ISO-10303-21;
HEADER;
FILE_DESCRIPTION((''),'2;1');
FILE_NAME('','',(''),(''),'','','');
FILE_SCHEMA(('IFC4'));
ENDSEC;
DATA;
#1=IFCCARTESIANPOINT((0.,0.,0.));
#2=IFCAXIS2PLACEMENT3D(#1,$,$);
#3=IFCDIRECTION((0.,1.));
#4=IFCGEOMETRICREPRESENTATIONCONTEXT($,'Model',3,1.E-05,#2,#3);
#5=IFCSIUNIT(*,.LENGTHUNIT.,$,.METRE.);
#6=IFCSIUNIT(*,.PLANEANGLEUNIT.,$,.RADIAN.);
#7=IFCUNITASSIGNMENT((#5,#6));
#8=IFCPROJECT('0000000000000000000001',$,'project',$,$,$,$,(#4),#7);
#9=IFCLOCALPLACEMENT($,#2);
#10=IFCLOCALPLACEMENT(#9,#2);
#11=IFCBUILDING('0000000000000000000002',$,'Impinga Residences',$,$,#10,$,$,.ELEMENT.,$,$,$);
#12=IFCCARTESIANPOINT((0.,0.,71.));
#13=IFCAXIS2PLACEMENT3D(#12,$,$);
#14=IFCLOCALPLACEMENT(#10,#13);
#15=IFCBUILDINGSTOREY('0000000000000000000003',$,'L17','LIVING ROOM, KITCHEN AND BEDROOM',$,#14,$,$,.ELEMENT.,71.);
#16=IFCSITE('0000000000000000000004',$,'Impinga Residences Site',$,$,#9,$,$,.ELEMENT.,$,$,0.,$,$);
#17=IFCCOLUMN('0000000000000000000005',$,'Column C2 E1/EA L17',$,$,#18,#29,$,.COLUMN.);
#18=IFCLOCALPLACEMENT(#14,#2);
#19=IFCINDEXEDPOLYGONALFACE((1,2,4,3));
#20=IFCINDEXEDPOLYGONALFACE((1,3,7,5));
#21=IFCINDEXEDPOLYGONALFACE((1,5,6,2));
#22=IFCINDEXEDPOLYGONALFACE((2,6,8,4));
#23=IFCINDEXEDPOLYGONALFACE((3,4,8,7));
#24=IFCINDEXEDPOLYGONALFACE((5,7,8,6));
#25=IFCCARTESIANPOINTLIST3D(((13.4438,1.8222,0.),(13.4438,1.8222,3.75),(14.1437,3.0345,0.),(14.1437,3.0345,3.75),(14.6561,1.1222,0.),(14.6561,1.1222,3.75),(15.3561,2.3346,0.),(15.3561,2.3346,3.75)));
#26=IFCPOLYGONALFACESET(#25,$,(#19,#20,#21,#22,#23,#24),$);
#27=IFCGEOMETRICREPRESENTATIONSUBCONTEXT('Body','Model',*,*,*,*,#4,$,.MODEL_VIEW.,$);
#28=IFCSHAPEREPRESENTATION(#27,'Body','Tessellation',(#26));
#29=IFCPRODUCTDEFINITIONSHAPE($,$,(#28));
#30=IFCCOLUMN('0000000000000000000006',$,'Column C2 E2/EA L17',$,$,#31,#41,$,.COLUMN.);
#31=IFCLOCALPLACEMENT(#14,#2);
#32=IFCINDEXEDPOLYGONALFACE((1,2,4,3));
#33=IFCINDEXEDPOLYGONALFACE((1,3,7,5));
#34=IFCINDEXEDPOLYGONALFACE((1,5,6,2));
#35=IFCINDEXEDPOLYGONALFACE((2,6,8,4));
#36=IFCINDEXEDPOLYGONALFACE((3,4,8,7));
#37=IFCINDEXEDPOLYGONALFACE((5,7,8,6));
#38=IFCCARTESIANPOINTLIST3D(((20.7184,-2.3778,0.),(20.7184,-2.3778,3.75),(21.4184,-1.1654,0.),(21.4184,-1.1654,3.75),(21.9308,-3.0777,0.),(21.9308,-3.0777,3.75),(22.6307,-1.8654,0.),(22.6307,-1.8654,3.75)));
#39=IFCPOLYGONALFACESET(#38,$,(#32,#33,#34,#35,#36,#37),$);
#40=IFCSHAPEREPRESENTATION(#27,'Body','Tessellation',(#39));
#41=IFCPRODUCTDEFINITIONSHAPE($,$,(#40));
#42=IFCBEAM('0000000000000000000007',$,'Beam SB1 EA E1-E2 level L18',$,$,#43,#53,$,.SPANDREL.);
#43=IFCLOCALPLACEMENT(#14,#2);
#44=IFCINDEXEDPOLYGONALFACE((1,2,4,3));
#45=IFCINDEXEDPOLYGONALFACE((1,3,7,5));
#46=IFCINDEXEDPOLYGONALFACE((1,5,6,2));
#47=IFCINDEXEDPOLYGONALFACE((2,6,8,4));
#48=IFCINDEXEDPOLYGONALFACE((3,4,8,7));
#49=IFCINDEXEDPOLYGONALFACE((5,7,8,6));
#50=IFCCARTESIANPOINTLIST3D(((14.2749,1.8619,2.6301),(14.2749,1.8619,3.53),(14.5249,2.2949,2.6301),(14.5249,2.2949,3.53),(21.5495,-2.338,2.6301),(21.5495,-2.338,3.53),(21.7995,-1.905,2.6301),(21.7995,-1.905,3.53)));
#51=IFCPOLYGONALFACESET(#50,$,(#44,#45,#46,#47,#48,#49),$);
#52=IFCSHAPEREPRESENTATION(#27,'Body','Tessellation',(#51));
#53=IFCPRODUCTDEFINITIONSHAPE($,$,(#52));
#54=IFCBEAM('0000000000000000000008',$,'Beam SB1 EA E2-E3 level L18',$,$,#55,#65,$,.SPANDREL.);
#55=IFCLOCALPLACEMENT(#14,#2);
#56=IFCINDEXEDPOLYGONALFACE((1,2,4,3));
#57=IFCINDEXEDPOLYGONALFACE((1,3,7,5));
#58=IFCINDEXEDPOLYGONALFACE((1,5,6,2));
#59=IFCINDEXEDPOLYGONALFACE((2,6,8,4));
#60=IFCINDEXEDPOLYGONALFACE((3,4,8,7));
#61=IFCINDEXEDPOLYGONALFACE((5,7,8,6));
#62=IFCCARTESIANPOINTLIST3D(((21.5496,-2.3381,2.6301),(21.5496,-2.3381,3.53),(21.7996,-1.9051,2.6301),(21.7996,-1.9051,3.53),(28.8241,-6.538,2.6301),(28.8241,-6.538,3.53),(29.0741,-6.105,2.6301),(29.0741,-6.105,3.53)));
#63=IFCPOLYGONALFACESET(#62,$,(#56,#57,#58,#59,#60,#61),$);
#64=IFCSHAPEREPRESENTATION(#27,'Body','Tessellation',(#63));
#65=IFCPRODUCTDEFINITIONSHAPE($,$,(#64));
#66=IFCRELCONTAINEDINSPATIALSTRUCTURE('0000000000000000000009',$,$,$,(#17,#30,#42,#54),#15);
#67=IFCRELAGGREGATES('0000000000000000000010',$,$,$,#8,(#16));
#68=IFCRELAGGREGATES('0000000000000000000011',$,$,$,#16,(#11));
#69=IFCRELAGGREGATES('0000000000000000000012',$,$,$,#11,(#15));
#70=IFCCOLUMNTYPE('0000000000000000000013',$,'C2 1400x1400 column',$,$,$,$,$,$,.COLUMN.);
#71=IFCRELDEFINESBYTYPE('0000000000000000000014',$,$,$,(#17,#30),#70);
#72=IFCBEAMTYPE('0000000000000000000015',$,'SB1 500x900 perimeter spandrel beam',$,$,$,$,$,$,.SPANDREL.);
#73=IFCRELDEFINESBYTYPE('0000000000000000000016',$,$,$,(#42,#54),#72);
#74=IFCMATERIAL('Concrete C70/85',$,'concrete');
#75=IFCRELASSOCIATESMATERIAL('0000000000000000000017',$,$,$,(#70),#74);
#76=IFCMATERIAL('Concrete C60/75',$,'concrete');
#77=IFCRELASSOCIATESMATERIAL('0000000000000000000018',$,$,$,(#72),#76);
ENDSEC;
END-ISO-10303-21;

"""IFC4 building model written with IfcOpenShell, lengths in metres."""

from ifc_helpers import new_model, si_unit, direction, frame, origin, origin_2d, place, context, subcontext, project, spatial, rectangle, extrude, material, material_profile, profile_set, type_object, element, save


model = new_model("IFC4")

# Units and contexts
model_context = context("Model", 3, precision=1e-05, world=origin(), true_north=direction((0.0, 1.0)))
body_context = subcontext(model_context, "Body", "Model", "MODEL_VIEW")
ifc_project = project(units=[si_unit("LENGTHUNIT", "METRE"), si_unit("PLANEANGLEUNIT", "RADIAN")], contexts=[model_context])

# Site, building, storey
site_placement = place(None, origin())
site = spatial("IfcSite", under=ifc_project, at=site_placement, Name="Impinga Residences Site", CompositionType="ELEMENT", RefElevation=0.0)
building_placement = place(site_placement, origin())
building = spatial("IfcBuilding", under=site, at=building_placement, Name="Impinga Residences", CompositionType="ELEMENT")
storey_placement = place(building_placement, frame((0.0, 0.0, 71.0)))
storey = spatial("IfcBuildingStorey", under=building, at=storey_placement, Name="L17", Description="LIVING ROOM, KITCHEN AND BEDROOM", CompositionType="ELEMENT", Elevation=71.0)

# Columns
ifc_material_1 = material(Name="Concrete C70/85", Category="concrete")
ifc_material_profile_1 = material_profile(ifc_material_1, rectangle(XDim=1.3999, YDim=1.3999, at=origin_2d()), Name="RC 1400x1400")
ifc_profile_set_1 = profile_set([ifc_material_profile_1], Name="Concrete C70/85")
column_type = type_object("IfcColumnType", Name="C2 1400x1400 column", PredefinedType="COLUMN", material=ifc_profile_set_1)
for number, where, z_axis, x_axis, name in (
    (1, (14.3999, 2.0784, 0.0), (0.0, 0.0, 1.0), (-0.5, -0.866025, 0.0), "Column C2 E1/EA L17"),
    (2, (21.6746, -2.1216, 0.0), (0.0, 0.0, 1.0), (-0.5, -0.866025, 0.0), "Column C2 E2/EA L17"),
):
    element("IfcColumn", number, at=place(storey_placement, frame(where, z_axis=z_axis, x_axis=x_axis)), inside=storey, type_object=column_type, Name=name, PredefinedType="COLUMN", context=body_context, shape_type="SweptSolid", body=[
        extrude(rectangle(XDim=1.3999, YDim=1.3999, at=origin_2d()), origin(), (0.0, 0.0, 1.0), 3.75),
    ])

# Beams
ifc_material_2 = material(Name="Concrete C60/75", Category="concrete")
ifc_material_profile_2 = material_profile(ifc_material_2, rectangle(XDim=0.5, YDim=0.8999, at=origin_2d()), Name="RC 500x900")
ifc_profile_set_2 = profile_set([ifc_material_profile_2], Name="Concrete C60/75")
beam_type = type_object("IfcBeamType", Name="SB1 500x900 perimeter spandrel beam", PredefinedType="SPANDREL", material=ifc_profile_set_2)
for number, where, z_axis, x_axis, name in (
    (3, (14.3999, 2.0784, 3.0801), (0.866029, -0.499993, 0.0), (0.499993, 0.866029, 0.0), "Beam SB1 EA E1-E2 level L18"),
    (4, (21.6746, -2.1216, 3.0801), (0.866029, -0.499993, 0.0), (0.499993, 0.866029, 0.0), "Beam SB1 EA E2-E3 level L18"),
):
    element("IfcBeam", number, at=place(storey_placement, frame(where, z_axis=z_axis, x_axis=x_axis)), inside=storey, type_object=beam_type, Name=name, PredefinedType="SPANDREL", context=body_context, shape_type="SweptSolid", body=[
        extrude(rectangle(XDim=0.5, YDim=0.8999, at=origin_2d()), origin(), (0.0, 0.0, 1.0), 8.3999),
    ])

save(model, "model.ifc")
